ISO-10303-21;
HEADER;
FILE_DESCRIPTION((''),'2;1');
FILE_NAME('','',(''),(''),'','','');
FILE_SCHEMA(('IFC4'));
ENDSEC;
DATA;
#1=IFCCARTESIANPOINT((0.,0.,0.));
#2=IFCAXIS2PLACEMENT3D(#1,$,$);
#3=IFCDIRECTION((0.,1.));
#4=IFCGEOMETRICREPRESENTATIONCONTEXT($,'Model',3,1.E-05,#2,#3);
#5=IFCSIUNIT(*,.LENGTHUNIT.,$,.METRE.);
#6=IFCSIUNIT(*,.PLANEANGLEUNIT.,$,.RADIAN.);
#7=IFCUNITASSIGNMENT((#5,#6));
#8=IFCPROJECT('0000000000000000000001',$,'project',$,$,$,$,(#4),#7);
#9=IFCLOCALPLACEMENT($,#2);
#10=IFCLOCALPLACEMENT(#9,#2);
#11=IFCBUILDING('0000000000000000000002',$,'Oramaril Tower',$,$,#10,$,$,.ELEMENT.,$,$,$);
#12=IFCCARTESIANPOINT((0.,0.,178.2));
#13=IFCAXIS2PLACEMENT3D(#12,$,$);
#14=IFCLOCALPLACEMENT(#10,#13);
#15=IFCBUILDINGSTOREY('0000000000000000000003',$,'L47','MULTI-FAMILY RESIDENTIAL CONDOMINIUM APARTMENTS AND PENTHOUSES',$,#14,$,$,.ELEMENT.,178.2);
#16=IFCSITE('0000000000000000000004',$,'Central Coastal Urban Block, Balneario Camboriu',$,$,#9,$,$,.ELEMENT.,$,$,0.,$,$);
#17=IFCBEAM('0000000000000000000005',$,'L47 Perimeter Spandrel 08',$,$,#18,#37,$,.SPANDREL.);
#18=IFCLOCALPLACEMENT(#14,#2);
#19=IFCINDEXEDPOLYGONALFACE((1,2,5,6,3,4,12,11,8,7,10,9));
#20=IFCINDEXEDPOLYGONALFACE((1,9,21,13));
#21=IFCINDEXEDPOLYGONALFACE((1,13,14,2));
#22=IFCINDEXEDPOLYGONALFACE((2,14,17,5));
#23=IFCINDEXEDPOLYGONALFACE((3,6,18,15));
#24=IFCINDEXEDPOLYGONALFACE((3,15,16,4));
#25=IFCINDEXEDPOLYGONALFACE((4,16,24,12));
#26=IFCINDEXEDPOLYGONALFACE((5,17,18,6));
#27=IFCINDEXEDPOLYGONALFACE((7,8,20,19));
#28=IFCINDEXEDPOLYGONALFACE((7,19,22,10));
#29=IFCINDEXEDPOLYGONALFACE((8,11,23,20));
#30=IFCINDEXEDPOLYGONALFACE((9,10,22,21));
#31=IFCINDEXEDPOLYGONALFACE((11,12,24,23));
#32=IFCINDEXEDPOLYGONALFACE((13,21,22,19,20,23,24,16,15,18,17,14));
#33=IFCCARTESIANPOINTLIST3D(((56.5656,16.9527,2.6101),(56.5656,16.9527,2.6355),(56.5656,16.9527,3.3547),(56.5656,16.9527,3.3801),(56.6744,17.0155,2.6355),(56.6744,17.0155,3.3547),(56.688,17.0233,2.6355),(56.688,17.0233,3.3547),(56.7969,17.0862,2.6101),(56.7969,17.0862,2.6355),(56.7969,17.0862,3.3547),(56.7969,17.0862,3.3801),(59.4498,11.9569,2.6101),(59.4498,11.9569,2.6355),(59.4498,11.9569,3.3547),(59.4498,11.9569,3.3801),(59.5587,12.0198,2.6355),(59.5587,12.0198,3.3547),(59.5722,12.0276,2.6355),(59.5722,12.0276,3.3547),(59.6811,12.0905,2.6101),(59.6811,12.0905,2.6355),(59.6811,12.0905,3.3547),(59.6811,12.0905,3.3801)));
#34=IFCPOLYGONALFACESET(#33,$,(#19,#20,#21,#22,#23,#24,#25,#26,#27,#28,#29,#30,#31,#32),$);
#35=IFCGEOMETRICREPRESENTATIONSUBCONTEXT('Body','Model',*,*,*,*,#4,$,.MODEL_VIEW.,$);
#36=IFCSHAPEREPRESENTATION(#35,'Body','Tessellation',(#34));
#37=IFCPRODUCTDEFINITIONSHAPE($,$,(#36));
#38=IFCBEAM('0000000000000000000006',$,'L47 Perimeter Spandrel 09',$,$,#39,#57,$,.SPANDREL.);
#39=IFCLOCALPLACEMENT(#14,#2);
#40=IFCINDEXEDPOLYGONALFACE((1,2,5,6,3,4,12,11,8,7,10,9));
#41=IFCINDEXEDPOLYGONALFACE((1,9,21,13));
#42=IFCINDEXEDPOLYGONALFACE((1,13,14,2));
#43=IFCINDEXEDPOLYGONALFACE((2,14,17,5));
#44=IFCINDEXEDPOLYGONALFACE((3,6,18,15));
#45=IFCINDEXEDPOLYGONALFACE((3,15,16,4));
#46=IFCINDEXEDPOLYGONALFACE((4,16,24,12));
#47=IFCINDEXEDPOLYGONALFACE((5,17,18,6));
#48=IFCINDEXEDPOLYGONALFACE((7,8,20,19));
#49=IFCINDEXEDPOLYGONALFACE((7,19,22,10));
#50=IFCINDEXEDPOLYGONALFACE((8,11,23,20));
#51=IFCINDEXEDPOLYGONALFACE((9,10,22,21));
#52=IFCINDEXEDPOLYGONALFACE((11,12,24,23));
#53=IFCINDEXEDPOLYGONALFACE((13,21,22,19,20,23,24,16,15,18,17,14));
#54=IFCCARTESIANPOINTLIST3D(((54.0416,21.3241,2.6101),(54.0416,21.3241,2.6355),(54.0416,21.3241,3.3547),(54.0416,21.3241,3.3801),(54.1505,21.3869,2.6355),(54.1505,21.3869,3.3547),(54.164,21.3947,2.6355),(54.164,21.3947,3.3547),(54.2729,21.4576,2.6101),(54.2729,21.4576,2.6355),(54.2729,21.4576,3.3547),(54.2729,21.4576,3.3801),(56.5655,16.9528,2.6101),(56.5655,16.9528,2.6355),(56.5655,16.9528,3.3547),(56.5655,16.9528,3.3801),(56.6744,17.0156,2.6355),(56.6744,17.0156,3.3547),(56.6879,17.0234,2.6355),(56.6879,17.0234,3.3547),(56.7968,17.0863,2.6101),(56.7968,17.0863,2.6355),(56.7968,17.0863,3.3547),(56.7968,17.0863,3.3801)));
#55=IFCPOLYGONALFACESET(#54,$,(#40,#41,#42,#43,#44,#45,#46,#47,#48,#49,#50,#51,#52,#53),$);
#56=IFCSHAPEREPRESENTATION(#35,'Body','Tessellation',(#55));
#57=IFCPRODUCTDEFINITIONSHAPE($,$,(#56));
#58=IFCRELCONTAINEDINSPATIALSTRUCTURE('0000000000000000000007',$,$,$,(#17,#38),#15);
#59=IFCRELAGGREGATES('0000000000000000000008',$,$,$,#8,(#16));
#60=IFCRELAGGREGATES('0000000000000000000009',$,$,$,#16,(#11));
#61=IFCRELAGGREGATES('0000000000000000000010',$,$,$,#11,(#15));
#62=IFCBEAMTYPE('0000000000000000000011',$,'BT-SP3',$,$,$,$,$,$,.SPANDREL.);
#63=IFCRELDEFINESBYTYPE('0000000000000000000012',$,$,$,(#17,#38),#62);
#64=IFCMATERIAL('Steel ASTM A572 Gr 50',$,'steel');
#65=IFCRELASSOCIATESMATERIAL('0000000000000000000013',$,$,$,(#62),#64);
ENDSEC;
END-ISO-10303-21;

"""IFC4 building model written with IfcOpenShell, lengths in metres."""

from ifc_helpers import new_model, si_unit, direction, frame, origin, origin_2d, place, context, subcontext, project, spatial, i_section, extrude, material, material_profile, profile_set, type_object, element, save


model = new_model("IFC4")

# Units and contexts
model_context = context("Model", 3, precision=1e-05, world=origin(), true_north=direction((0.0, 1.0)))
body_context = subcontext(model_context, "Body", "Model", "MODEL_VIEW")
ifc_project = project(units=[si_unit("LENGTHUNIT", "METRE"), si_unit("PLANEANGLEUNIT", "RADIAN")], contexts=[model_context])

# Site, building, storey
site_placement = place(None, origin())
site = spatial("IfcSite", under=ifc_project, at=site_placement, Name="Central Coastal Urban Block, Balneario Camboriu", CompositionType="ELEMENT", RefElevation=0.0)
building_placement = place(site_placement, origin())
building = spatial("IfcBuilding", under=site, at=building_placement, Name="Oramaril Tower", CompositionType="ELEMENT")
storey_placement = place(building_placement, frame((0.0, 0.0, 178.2)))
storey = spatial("IfcBuildingStorey", under=building, at=storey_placement, Name="L47", Description="MULTI-FAMILY RESIDENTIAL CONDOMINIUM APARTMENTS AND PENTHOUSES", CompositionType="ELEMENT", Elevation=178.2)

# Beams
ifc_material_1 = material(Name="Steel ASTM A572 Gr 50", Category="steel")
ifc_material_profile_1 = material_profile(ifc_material_1, i_section(OverallWidth=0.2671, OverallDepth=0.77, WebThickness=0.0156, FlangeThickness=0.0254, at=origin_2d()), Name="W30X132")
ifc_profile_set_1 = profile_set([ifc_material_profile_1], Name="Steel ASTM A572 Gr 50")
beam_type_1 = type_object("IfcBeamType", Name="BT-SP3", PredefinedType="SPANDREL", material=ifc_profile_set_1)
beam_1_placement = place(storey_placement, frame((59.5654, 12.0237, 2.9951), z_axis=(-0.49999, 0.866031, 0.0), x_axis=(-0.866031, -0.49999, 0.0)))
element("IfcBeam", 1, at=beam_1_placement, inside=storey, type_object=beam_type_1, Name="L47 Perimeter Spandrel 08", PredefinedType="SPANDREL", context=body_context, shape_type="SweptSolid", body=[
    extrude(i_section(OverallWidth=0.2671, OverallDepth=0.77, WebThickness=0.0156, FlangeThickness=0.0254, at=origin_2d()), origin(), (0.0, 0.0, 1.0), 5.7686),
])
beam_2_placement = place(storey_placement, frame((56.6812, 17.0195, 2.9951), z_axis=(-0.50002, 0.866014, 0.0), x_axis=(-0.866014, -0.50002, 0.0)))
element("IfcBeam", 2, at=beam_2_placement, inside=storey, type_object=beam_type_1, Name="L47 Perimeter Spandrel 09", PredefinedType="SPANDREL", context=body_context, shape_type="SweptSolid", body=[
    extrude(i_section(OverallWidth=0.2671, OverallDepth=0.77, WebThickness=0.0156, FlangeThickness=0.0254, at=origin_2d()), origin(), (0.0, 0.0, 1.0), 5.0476),
])

save(model, "model.ifc")
